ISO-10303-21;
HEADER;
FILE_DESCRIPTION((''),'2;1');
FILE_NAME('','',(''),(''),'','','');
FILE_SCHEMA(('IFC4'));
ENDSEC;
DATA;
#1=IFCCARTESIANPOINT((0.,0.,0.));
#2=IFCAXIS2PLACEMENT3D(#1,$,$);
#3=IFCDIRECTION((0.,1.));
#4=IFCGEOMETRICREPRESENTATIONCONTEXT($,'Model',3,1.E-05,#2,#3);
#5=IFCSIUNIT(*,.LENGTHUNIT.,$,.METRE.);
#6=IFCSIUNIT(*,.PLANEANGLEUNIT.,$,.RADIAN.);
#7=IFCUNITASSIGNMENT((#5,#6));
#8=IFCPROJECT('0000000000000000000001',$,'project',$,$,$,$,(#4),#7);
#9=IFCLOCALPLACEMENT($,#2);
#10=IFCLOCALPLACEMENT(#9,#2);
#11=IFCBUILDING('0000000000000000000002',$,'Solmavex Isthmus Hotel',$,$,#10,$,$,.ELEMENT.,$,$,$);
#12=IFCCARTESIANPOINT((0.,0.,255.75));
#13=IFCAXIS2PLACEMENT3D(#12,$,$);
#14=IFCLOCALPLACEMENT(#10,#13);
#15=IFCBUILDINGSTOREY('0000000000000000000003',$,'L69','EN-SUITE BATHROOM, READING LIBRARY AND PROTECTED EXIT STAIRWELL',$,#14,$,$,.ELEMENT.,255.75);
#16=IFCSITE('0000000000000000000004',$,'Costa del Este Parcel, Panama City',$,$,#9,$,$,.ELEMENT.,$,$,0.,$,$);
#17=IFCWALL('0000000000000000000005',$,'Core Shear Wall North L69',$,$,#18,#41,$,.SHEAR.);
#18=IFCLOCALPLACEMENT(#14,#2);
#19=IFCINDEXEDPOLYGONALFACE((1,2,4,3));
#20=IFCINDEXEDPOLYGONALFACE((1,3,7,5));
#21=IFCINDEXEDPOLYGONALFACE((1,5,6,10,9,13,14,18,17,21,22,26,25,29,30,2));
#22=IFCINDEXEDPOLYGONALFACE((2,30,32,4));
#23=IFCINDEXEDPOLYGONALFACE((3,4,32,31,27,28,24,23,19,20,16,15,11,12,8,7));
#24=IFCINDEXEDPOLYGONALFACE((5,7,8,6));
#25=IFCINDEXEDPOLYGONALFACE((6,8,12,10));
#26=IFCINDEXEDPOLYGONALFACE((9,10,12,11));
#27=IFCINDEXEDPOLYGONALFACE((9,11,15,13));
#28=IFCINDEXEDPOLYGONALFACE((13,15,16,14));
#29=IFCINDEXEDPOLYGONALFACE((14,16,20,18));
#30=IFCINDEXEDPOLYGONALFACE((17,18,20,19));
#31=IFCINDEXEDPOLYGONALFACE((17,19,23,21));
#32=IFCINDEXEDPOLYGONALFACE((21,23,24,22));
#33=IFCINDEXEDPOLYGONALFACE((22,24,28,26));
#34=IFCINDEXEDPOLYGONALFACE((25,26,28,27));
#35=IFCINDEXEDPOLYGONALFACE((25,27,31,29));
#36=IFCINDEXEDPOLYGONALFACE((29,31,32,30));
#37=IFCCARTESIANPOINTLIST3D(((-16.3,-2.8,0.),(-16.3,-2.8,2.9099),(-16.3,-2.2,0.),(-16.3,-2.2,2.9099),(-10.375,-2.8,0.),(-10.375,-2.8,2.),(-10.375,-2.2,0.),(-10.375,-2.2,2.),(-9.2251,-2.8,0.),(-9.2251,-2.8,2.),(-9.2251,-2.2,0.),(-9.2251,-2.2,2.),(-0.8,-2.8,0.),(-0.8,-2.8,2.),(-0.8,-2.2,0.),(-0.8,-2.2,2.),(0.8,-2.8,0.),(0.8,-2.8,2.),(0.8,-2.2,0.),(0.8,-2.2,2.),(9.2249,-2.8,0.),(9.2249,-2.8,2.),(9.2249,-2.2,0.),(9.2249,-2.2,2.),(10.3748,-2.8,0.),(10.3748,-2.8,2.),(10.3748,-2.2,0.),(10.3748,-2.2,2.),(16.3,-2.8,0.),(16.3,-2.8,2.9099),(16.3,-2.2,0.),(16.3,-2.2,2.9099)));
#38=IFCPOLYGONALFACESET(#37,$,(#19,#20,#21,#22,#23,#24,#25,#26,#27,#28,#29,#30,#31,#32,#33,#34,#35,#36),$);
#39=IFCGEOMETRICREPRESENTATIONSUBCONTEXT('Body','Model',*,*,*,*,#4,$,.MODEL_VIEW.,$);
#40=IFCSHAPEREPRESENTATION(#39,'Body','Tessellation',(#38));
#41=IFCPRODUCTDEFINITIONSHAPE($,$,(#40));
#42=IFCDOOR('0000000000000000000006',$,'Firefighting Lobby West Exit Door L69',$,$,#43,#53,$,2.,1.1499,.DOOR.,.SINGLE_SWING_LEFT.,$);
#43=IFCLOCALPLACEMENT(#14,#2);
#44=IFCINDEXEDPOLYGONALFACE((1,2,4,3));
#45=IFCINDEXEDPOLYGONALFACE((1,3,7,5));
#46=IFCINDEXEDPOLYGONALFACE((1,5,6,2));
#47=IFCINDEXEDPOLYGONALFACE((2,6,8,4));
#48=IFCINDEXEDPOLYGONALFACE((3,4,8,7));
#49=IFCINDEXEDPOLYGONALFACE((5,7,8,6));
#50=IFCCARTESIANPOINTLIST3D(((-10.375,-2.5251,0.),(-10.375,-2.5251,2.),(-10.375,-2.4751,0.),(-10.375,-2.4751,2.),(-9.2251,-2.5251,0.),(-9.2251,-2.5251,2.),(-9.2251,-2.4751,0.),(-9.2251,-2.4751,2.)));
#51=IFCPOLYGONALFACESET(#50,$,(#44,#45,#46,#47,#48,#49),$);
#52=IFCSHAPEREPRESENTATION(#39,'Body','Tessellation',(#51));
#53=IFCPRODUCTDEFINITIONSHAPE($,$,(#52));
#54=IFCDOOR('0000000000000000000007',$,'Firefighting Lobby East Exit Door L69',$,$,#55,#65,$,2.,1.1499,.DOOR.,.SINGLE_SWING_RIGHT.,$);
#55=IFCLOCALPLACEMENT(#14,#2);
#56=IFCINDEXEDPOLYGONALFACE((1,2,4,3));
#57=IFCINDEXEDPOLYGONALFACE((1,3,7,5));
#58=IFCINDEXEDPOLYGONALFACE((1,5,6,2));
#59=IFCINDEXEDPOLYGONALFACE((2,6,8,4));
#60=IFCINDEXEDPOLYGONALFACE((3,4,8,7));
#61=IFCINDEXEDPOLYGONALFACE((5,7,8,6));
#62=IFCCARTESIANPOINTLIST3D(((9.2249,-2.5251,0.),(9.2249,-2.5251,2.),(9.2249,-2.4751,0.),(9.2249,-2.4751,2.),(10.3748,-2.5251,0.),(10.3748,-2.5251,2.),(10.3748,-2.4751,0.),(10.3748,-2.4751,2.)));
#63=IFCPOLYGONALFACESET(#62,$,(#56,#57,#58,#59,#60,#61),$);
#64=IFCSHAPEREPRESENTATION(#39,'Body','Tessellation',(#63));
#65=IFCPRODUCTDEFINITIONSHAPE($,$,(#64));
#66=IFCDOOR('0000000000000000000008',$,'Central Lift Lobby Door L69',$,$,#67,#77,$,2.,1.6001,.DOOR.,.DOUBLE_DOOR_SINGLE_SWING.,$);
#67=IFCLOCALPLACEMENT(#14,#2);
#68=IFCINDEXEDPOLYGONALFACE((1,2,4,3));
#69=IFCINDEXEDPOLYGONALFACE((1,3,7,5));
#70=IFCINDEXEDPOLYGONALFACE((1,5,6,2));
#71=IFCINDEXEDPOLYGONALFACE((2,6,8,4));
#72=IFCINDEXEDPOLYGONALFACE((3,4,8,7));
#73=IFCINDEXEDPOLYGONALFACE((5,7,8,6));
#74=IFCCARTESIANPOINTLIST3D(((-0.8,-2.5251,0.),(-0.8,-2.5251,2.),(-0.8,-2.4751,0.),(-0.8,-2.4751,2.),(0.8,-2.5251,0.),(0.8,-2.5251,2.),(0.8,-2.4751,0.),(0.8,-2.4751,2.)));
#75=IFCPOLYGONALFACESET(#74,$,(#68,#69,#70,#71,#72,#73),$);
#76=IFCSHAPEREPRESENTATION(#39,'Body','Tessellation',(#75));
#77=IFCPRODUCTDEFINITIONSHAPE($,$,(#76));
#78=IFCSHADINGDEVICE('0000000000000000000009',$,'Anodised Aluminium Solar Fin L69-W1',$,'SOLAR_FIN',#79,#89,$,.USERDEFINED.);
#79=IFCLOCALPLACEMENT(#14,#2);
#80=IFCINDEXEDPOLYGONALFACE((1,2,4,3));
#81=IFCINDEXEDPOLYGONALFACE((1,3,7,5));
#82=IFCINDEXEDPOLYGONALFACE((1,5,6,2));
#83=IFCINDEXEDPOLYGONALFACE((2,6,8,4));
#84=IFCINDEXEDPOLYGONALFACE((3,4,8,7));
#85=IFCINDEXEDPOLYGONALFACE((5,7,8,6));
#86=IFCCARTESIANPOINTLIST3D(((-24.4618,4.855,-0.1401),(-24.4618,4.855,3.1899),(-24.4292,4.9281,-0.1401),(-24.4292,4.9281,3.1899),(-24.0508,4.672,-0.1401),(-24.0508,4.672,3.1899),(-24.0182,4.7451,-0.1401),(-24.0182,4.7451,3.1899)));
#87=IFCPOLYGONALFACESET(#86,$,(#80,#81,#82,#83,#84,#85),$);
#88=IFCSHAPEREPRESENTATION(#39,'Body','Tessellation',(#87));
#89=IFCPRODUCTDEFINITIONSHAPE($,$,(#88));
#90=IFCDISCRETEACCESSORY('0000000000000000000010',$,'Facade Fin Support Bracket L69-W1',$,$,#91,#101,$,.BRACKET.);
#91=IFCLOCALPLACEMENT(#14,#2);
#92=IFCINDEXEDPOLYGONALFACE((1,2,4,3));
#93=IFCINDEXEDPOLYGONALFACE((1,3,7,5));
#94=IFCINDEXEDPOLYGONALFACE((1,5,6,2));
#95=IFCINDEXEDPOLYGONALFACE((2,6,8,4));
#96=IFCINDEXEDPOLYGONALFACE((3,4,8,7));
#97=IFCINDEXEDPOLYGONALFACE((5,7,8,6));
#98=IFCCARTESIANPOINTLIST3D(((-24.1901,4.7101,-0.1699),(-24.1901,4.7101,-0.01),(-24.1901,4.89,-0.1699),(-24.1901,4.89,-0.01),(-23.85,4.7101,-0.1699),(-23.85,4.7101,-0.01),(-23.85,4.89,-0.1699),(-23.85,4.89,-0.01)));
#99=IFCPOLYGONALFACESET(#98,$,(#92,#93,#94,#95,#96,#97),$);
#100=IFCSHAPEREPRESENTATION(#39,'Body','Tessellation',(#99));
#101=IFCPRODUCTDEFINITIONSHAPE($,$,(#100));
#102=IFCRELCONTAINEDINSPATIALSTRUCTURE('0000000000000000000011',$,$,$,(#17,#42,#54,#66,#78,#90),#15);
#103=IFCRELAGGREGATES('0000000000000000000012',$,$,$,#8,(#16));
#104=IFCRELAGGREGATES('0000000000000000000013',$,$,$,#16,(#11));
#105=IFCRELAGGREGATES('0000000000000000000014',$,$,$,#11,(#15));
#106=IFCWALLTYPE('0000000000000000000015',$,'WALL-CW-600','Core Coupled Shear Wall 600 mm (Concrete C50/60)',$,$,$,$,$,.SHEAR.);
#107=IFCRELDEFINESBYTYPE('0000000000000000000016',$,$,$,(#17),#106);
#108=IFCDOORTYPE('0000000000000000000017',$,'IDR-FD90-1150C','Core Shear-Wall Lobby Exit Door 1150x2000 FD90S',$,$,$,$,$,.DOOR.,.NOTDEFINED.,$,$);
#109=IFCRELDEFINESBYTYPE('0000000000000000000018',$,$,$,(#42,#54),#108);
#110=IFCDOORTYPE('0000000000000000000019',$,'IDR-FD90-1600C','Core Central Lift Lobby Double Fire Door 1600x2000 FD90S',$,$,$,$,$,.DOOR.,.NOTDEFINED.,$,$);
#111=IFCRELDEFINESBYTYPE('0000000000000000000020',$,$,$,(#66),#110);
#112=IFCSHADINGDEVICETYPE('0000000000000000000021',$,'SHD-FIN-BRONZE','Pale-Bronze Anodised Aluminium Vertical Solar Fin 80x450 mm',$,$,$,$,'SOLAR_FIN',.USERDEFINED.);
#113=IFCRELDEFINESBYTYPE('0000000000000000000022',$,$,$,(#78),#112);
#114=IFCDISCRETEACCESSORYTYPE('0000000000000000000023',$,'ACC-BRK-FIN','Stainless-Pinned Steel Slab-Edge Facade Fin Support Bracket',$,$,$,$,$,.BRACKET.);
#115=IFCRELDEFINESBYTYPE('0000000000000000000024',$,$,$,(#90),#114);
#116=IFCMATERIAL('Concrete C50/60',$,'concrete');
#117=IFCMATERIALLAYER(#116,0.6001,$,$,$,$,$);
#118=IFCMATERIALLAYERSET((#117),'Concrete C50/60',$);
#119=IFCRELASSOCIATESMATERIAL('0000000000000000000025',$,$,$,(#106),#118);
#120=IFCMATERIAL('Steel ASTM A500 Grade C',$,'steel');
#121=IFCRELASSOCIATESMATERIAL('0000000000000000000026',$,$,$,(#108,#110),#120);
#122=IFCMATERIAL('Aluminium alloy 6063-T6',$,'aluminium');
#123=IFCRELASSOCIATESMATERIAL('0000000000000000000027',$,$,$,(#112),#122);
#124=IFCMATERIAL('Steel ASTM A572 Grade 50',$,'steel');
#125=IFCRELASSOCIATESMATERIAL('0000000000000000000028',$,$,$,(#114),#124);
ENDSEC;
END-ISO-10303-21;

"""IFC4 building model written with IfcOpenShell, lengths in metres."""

from ifc_helpers import new_model, si_unit, direction, frame, frame_2d, origin, origin_2d, place, context, subcontext, project, spatial, rectangle, extrude, material, layer, layer_set, type_object, element, fill, save


model = new_model("IFC4")

# Units and contexts
model_context = context("Model", 3, precision=1e-05, world=origin(), true_north=direction((0.0, 1.0)))
body_context = subcontext(model_context, "Body", "Model", "MODEL_VIEW")
ifc_project = project(units=[si_unit("LENGTHUNIT", "METRE"), si_unit("PLANEANGLEUNIT", "RADIAN")], contexts=[model_context])

# Site, building, storey
site_placement = place(None, origin())
site = spatial("IfcSite", under=ifc_project, at=site_placement, Name="Costa del Este Parcel, Panama City", CompositionType="ELEMENT", RefElevation=0.0)
building_placement = place(site_placement, origin())
building = spatial("IfcBuilding", under=site, at=building_placement, Name="Solmavex Isthmus Hotel", CompositionType="ELEMENT")
storey_placement = place(building_placement, frame((0.0, 0.0, 255.75)))
storey = spatial("IfcBuildingStorey", under=building, at=storey_placement, Name="L69", Description="EN-SUITE BATHROOM, READING LIBRARY AND PROTECTED EXIT STAIRWELL", CompositionType="ELEMENT", Elevation=255.75)

# Shared definitions
ifc_material_1 = material(Name="Aluminium alloy 6063-T6", Category="aluminium")

# Shared definitions
ifc_material_2 = material(Name="Steel ASTM A500 Grade C", Category="steel")

# Wall, openings, doors
ifc_material_3 = material(Name="Concrete C50/60", Category="concrete")
ifc_layer_1 = layer(ifc_material_3, 0.6001)
ifc_layer_set_1 = layer_set([ifc_layer_1], Name="Concrete C50/60")
wall_type_1 = type_object("IfcWallType", Name="WALL-CW-600", Description="Core Coupled Shear Wall 600 mm (Concrete C50/60)", PredefinedType="SHEAR", material=ifc_layer_set_1)
wall_1_placement = place(storey_placement, frame((-16.3, -2.5, 0.0), z_axis=(0.0, 0.0, 1.0), x_axis=(1.0, 0.0, 0.0)))
wall_1 = element("IfcWall", 1, at=wall_1_placement, inside=storey, type_object=wall_type_1, Name="Core Shear Wall North L69", PredefinedType="SHEAR", context=body_context, shape_type="SweptSolid", body=[
    extrude(rectangle(XDim=32.6001, YDim=0.6001, at=frame_2d((16.3, 0.0))), origin(), (0.0, 0.0, 1.0), 2.9099),
])
opening_1_placement = place(wall_1_placement, frame((5.925, 0.0, 0.0)))
opening_1 = element("IfcOpeningElement", 2, at=opening_1_placement, cuts=wall_1, PredefinedType="OPENING", context=body_context, shape_type="SweptSolid", body=[
    extrude(rectangle(XDim=1.1499, YDim=2.0, at=frame_2d((0.575, 1.0))), frame((0.0, 0.3101, 0.0), z_axis=(0.0, -1.0, 0.0), x_axis=(1.0, 0.0, 0.0)), (0.0, 0.0, 1.0), 0.6201),
])
opening_2_placement = place(wall_1_placement, frame((15.5, 0.0, 0.0)))
opening_2 = element("IfcOpeningElement", 3, at=opening_2_placement, cuts=wall_1, PredefinedType="OPENING", context=body_context, shape_type="SweptSolid", body=[
    extrude(rectangle(XDim=1.6001, YDim=2.0, at=frame_2d((0.8, 1.0))), frame((0.0, 0.3101, 0.0), z_axis=(0.0, -1.0, 0.0), x_axis=(1.0, 0.0, 0.0)), (0.0, 0.0, 1.0), 0.6201),
])
opening_3_placement = place(wall_1_placement, frame((25.5249, 0.0, 0.0)))
opening_3 = element("IfcOpeningElement", 4, at=opening_3_placement, cuts=wall_1, PredefinedType="OPENING", context=body_context, shape_type="SweptSolid", body=[
    extrude(rectangle(XDim=1.1499, YDim=2.0, at=frame_2d((0.575, 1.0))), frame((0.0, 0.3101, 0.0), z_axis=(0.0, -1.0, 0.0), x_axis=(1.0, 0.0, 0.0)), (0.0, 0.0, 1.0), 0.6201),
])
door_type_1 = type_object("IfcDoorType", Name="IDR-FD90-1150C", Description="Core Shear-Wall Lobby Exit Door 1150x2000 FD90S", OperationType="NOTDEFINED", PredefinedType="DOOR", material=ifc_material_2)
door_1_placement = place(opening_1_placement, origin())
door_1 = element("IfcDoor", 5, at=door_1_placement, inside=storey, type_object=door_type_1, Name="Firefighting Lobby West Exit Door L69", OperationType="SINGLE_SWING_LEFT", OverallHeight=2.0, OverallWidth=1.1499, PredefinedType="DOOR", context=body_context, shape_type="SweptSolid", body=[
    extrude(rectangle(XDim=1.1499, YDim=2.0, at=frame_2d((0.575, 1.0))), frame((0.0, 0.0249, 0.0), z_axis=(0.0, -1.0, 0.0), x_axis=(1.0, 0.0, 0.0)), (0.0, 0.0, 1.0), 0.05),
])
fill(opening_1, door_1)
door_2_placement = place(opening_3_placement, origin())
door_2 = element("IfcDoor", 6, at=door_2_placement, inside=storey, type_object=door_type_1, Name="Firefighting Lobby East Exit Door L69", OperationType="SINGLE_SWING_RIGHT", OverallHeight=2.0, OverallWidth=1.1499, PredefinedType="DOOR", context=body_context, shape_type="SweptSolid", body=[
    extrude(rectangle(XDim=1.1499, YDim=2.0, at=frame_2d((0.575, 1.0))), frame((0.0, 0.0249, 0.0), z_axis=(0.0, -1.0, 0.0), x_axis=(1.0, 0.0, 0.0)), (0.0, 0.0, 1.0), 0.05),
])
fill(opening_3, door_2)
door_type_2 = type_object("IfcDoorType", Name="IDR-FD90-1600C", Description="Core Central Lift Lobby Double Fire Door 1600x2000 FD90S", OperationType="NOTDEFINED", PredefinedType="DOOR", material=ifc_material_2)
door_3_placement = place(opening_2_placement, origin())
door_3 = element("IfcDoor", 7, at=door_3_placement, inside=storey, type_object=door_type_2, Name="Central Lift Lobby Door L69", OperationType="DOUBLE_DOOR_SINGLE_SWING", OverallHeight=2.0, OverallWidth=1.6001, PredefinedType="DOOR", context=body_context, shape_type="SweptSolid", body=[
    extrude(rectangle(XDim=1.6001, YDim=2.0, at=frame_2d((0.8, 1.0))), frame((0.0, 0.0249, 0.0), z_axis=(0.0, -1.0, 0.0), x_axis=(1.0, 0.0, 0.0)), (0.0, 0.0, 1.0), 0.05),
])
fill(opening_2, door_3)

# Shading device
shading_device_type = type_object("IfcShadingDeviceType", Name="SHD-FIN-BRONZE", Description="Pale-Bronze Anodised Aluminium Vertical Solar Fin 80x450 mm", ElementType="SOLAR_FIN", PredefinedType="USERDEFINED", material=ifc_material_1)
shading_device_placement = place(storey_placement, frame((-24.24, 4.8, -0.1401), z_axis=(0.0, 0.0, 1.0), x_axis=(-0.913545, 0.406737, 0.0)))
element("IfcShadingDevice", 8, at=shading_device_placement, inside=storey, type_object=shading_device_type, Name="Anodised Aluminium Solar Fin L69-W1", ObjectType="SOLAR_FIN", PredefinedType="USERDEFINED", context=body_context, shape_type="SweptSolid", body=[
    extrude(rectangle(XDim=0.45, YDim=0.0801, at=origin_2d()), origin(), (0.0, 0.0, 1.0), 3.3301),
])

# Discrete accessory
ifc_material_4 = material(Name="Steel ASTM A572 Grade 50", Category="steel")
discrete_accessory_type = type_object("IfcDiscreteAccessoryType", Name="ACC-BRK-FIN", Description="Stainless-Pinned Steel Slab-Edge Facade Fin Support Bracket", PredefinedType="BRACKET", material=ifc_material_4)
discrete_accessory_placement = place(storey_placement, frame((-24.02, 4.8, -0.1699), z_axis=(0.0, 0.0, 1.0), x_axis=(-1.0, 0.0, 0.0)))
element("IfcDiscreteAccessory", 9, at=discrete_accessory_placement, inside=storey, type_object=discrete_accessory_type, Name="Facade Fin Support Bracket L69-W1", PredefinedType="BRACKET", context=body_context, shape_type="SweptSolid", body=[
    extrude(rectangle(XDim=0.3401, YDim=0.1799, at=origin_2d()), origin(), (0.0, 0.0, 1.0), 0.1599),
])

save(model, "model.ifc")
